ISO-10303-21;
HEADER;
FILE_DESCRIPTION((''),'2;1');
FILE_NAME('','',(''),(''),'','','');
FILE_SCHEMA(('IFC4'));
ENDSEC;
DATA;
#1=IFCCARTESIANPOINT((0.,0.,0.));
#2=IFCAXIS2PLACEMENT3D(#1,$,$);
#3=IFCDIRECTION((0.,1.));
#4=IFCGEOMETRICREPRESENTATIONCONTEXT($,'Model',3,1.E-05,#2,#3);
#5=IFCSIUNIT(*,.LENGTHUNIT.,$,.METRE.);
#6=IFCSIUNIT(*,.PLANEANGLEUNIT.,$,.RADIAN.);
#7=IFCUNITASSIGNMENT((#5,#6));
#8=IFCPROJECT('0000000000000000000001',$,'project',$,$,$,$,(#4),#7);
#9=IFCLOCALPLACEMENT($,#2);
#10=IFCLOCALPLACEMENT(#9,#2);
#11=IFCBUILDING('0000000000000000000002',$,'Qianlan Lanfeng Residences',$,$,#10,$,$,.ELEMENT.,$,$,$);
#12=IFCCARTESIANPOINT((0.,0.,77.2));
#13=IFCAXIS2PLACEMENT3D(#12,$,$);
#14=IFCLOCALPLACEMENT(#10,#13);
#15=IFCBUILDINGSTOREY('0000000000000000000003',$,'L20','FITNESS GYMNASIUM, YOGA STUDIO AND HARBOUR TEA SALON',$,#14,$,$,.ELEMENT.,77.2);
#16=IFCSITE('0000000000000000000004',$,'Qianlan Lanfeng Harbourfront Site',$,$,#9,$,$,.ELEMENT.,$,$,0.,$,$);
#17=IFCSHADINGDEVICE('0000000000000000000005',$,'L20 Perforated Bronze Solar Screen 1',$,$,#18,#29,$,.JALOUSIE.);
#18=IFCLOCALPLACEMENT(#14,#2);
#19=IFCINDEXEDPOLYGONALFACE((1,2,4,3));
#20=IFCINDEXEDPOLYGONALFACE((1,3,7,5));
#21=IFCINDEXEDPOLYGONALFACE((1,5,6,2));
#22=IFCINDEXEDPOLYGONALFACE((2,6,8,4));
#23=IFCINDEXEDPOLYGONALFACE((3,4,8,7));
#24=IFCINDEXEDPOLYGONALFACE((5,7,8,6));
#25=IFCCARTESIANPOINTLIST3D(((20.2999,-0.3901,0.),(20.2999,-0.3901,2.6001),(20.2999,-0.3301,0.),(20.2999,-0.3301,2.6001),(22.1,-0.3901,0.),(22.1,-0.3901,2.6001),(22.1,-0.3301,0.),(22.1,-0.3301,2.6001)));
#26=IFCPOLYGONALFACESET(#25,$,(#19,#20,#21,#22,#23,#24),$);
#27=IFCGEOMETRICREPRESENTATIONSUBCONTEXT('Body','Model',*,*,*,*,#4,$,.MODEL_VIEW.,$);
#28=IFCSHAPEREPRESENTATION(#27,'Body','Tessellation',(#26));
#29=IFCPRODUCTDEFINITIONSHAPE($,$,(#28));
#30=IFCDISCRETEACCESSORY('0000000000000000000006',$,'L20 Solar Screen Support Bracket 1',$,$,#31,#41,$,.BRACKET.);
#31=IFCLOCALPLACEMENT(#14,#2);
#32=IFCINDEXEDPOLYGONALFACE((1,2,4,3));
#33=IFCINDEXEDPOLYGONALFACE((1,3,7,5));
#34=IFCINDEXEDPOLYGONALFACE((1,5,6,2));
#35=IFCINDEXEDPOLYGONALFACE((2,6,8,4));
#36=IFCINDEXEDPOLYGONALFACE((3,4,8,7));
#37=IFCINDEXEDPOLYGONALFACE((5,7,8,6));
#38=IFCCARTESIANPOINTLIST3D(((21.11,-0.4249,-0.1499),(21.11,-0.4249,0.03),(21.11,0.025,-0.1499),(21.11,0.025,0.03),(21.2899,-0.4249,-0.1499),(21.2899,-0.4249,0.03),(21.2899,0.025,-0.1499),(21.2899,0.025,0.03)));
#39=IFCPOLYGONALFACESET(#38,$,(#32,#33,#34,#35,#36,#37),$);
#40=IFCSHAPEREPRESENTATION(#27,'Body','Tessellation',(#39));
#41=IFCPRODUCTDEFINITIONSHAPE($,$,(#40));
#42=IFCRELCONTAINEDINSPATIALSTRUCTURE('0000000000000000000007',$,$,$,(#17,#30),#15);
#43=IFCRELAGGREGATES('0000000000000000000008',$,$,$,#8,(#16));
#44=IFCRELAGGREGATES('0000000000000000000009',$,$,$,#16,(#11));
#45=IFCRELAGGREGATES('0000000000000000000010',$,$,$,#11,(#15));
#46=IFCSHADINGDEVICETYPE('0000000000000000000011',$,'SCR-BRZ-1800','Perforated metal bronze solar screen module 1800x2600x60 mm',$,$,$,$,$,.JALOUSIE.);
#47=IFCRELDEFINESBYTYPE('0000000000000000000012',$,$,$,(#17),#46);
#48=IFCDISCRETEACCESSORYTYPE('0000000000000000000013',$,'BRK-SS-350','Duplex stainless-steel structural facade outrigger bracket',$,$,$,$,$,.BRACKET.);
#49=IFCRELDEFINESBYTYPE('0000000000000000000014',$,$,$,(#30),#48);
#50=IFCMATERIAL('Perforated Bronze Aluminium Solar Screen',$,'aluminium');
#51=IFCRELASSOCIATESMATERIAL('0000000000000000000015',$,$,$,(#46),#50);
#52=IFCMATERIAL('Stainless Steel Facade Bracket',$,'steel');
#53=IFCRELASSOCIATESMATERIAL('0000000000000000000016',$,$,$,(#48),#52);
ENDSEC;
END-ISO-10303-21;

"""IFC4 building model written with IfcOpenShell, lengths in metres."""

from ifc_helpers import new_model, si_unit, direction, frame, origin, origin_2d, place, context, subcontext, project, spatial, rectangle, extrude, source, transform, mapped, material, type_object, element, save


model = new_model("IFC4")

# Units and contexts
model_context = context("Model", 3, precision=1e-05, world=origin(), true_north=direction((0.0, 1.0)))
body_context = subcontext(model_context, "Body", "Model", "MODEL_VIEW")
ifc_project = project(units=[si_unit("LENGTHUNIT", "METRE"), si_unit("PLANEANGLEUNIT", "RADIAN")], contexts=[model_context])

# Site, building, storey
site_placement = place(None, origin())
site = spatial("IfcSite", under=ifc_project, at=site_placement, Name="Qianlan Lanfeng Harbourfront Site", CompositionType="ELEMENT", RefElevation=0.0)
building_placement = place(site_placement, origin())
building = spatial("IfcBuilding", under=site, at=building_placement, Name="Qianlan Lanfeng Residences", CompositionType="ELEMENT")
storey_placement = place(building_placement, frame((0.0, 0.0, 77.2)))
storey = spatial("IfcBuildingStorey", under=building, at=storey_placement, Name="L20", Description="FITNESS GYMNASIUM, YOGA STUDIO AND HARBOUR TEA SALON", CompositionType="ELEMENT", Elevation=77.2)

# Shading device
ifc_material_1 = material(Name="Perforated Bronze Aluminium Solar Screen", Category="aluminium")
shading_device_type = type_object("IfcShadingDeviceType", Name="SCR-BRZ-1800", Description="Perforated metal bronze solar screen module 1800x2600x60 mm", PredefinedType="JALOUSIE", material=ifc_material_1)
shared_shape_1 = source(origin(), body_context, "Body", "SweptSolid", [
    extrude(rectangle(XDim=1.8, YDim=0.0601, at=origin_2d()), origin(), (0.0, 0.0, 1.0), 2.6001),
])
shading_device_placement = place(storey_placement, frame((21.2, -0.3601, 0.0), z_axis=(0.0, 0.0, 1.0), x_axis=(1.0, 0.0, 0.0)))
element("IfcShadingDevice", 1, at=shading_device_placement, inside=storey, type_object=shading_device_type, Name="L20 Perforated Bronze Solar Screen 1", PredefinedType="JALOUSIE", context=body_context, shape_type="MappedRepresentation", body=[
    mapped(shared_shape_1, transform((0.0, 0.0, 0.0), scale=1.0)),
])

# Discrete accessory
ifc_material_2 = material(Name="Stainless Steel Facade Bracket", Category="steel")
discrete_accessory_type = type_object("IfcDiscreteAccessoryType", Name="BRK-SS-350", Description="Duplex stainless-steel structural facade outrigger bracket", PredefinedType="BRACKET", material=ifc_material_2)
shared_shape_2 = source(origin(), body_context, "Body", "SweptSolid", [
    extrude(rectangle(XDim=0.1799, YDim=0.45, at=origin_2d()), origin(), (0.0, 0.0, 1.0), 0.1799),
])
discrete_accessory_placement = place(storey_placement, frame((21.2, -0.2, -0.1499), z_axis=(0.0, 0.0, 1.0), x_axis=(1.0, 0.0, 0.0)))
element("IfcDiscreteAccessory", 2, at=discrete_accessory_placement, inside=storey, type_object=discrete_accessory_type, Name="L20 Solar Screen Support Bracket 1", PredefinedType="BRACKET", context=body_context, shape_type="MappedRepresentation", body=[
    mapped(shared_shape_2, transform((0.0, 0.0, 0.0), scale=1.0)),
])

save(model, "model.ifc")
